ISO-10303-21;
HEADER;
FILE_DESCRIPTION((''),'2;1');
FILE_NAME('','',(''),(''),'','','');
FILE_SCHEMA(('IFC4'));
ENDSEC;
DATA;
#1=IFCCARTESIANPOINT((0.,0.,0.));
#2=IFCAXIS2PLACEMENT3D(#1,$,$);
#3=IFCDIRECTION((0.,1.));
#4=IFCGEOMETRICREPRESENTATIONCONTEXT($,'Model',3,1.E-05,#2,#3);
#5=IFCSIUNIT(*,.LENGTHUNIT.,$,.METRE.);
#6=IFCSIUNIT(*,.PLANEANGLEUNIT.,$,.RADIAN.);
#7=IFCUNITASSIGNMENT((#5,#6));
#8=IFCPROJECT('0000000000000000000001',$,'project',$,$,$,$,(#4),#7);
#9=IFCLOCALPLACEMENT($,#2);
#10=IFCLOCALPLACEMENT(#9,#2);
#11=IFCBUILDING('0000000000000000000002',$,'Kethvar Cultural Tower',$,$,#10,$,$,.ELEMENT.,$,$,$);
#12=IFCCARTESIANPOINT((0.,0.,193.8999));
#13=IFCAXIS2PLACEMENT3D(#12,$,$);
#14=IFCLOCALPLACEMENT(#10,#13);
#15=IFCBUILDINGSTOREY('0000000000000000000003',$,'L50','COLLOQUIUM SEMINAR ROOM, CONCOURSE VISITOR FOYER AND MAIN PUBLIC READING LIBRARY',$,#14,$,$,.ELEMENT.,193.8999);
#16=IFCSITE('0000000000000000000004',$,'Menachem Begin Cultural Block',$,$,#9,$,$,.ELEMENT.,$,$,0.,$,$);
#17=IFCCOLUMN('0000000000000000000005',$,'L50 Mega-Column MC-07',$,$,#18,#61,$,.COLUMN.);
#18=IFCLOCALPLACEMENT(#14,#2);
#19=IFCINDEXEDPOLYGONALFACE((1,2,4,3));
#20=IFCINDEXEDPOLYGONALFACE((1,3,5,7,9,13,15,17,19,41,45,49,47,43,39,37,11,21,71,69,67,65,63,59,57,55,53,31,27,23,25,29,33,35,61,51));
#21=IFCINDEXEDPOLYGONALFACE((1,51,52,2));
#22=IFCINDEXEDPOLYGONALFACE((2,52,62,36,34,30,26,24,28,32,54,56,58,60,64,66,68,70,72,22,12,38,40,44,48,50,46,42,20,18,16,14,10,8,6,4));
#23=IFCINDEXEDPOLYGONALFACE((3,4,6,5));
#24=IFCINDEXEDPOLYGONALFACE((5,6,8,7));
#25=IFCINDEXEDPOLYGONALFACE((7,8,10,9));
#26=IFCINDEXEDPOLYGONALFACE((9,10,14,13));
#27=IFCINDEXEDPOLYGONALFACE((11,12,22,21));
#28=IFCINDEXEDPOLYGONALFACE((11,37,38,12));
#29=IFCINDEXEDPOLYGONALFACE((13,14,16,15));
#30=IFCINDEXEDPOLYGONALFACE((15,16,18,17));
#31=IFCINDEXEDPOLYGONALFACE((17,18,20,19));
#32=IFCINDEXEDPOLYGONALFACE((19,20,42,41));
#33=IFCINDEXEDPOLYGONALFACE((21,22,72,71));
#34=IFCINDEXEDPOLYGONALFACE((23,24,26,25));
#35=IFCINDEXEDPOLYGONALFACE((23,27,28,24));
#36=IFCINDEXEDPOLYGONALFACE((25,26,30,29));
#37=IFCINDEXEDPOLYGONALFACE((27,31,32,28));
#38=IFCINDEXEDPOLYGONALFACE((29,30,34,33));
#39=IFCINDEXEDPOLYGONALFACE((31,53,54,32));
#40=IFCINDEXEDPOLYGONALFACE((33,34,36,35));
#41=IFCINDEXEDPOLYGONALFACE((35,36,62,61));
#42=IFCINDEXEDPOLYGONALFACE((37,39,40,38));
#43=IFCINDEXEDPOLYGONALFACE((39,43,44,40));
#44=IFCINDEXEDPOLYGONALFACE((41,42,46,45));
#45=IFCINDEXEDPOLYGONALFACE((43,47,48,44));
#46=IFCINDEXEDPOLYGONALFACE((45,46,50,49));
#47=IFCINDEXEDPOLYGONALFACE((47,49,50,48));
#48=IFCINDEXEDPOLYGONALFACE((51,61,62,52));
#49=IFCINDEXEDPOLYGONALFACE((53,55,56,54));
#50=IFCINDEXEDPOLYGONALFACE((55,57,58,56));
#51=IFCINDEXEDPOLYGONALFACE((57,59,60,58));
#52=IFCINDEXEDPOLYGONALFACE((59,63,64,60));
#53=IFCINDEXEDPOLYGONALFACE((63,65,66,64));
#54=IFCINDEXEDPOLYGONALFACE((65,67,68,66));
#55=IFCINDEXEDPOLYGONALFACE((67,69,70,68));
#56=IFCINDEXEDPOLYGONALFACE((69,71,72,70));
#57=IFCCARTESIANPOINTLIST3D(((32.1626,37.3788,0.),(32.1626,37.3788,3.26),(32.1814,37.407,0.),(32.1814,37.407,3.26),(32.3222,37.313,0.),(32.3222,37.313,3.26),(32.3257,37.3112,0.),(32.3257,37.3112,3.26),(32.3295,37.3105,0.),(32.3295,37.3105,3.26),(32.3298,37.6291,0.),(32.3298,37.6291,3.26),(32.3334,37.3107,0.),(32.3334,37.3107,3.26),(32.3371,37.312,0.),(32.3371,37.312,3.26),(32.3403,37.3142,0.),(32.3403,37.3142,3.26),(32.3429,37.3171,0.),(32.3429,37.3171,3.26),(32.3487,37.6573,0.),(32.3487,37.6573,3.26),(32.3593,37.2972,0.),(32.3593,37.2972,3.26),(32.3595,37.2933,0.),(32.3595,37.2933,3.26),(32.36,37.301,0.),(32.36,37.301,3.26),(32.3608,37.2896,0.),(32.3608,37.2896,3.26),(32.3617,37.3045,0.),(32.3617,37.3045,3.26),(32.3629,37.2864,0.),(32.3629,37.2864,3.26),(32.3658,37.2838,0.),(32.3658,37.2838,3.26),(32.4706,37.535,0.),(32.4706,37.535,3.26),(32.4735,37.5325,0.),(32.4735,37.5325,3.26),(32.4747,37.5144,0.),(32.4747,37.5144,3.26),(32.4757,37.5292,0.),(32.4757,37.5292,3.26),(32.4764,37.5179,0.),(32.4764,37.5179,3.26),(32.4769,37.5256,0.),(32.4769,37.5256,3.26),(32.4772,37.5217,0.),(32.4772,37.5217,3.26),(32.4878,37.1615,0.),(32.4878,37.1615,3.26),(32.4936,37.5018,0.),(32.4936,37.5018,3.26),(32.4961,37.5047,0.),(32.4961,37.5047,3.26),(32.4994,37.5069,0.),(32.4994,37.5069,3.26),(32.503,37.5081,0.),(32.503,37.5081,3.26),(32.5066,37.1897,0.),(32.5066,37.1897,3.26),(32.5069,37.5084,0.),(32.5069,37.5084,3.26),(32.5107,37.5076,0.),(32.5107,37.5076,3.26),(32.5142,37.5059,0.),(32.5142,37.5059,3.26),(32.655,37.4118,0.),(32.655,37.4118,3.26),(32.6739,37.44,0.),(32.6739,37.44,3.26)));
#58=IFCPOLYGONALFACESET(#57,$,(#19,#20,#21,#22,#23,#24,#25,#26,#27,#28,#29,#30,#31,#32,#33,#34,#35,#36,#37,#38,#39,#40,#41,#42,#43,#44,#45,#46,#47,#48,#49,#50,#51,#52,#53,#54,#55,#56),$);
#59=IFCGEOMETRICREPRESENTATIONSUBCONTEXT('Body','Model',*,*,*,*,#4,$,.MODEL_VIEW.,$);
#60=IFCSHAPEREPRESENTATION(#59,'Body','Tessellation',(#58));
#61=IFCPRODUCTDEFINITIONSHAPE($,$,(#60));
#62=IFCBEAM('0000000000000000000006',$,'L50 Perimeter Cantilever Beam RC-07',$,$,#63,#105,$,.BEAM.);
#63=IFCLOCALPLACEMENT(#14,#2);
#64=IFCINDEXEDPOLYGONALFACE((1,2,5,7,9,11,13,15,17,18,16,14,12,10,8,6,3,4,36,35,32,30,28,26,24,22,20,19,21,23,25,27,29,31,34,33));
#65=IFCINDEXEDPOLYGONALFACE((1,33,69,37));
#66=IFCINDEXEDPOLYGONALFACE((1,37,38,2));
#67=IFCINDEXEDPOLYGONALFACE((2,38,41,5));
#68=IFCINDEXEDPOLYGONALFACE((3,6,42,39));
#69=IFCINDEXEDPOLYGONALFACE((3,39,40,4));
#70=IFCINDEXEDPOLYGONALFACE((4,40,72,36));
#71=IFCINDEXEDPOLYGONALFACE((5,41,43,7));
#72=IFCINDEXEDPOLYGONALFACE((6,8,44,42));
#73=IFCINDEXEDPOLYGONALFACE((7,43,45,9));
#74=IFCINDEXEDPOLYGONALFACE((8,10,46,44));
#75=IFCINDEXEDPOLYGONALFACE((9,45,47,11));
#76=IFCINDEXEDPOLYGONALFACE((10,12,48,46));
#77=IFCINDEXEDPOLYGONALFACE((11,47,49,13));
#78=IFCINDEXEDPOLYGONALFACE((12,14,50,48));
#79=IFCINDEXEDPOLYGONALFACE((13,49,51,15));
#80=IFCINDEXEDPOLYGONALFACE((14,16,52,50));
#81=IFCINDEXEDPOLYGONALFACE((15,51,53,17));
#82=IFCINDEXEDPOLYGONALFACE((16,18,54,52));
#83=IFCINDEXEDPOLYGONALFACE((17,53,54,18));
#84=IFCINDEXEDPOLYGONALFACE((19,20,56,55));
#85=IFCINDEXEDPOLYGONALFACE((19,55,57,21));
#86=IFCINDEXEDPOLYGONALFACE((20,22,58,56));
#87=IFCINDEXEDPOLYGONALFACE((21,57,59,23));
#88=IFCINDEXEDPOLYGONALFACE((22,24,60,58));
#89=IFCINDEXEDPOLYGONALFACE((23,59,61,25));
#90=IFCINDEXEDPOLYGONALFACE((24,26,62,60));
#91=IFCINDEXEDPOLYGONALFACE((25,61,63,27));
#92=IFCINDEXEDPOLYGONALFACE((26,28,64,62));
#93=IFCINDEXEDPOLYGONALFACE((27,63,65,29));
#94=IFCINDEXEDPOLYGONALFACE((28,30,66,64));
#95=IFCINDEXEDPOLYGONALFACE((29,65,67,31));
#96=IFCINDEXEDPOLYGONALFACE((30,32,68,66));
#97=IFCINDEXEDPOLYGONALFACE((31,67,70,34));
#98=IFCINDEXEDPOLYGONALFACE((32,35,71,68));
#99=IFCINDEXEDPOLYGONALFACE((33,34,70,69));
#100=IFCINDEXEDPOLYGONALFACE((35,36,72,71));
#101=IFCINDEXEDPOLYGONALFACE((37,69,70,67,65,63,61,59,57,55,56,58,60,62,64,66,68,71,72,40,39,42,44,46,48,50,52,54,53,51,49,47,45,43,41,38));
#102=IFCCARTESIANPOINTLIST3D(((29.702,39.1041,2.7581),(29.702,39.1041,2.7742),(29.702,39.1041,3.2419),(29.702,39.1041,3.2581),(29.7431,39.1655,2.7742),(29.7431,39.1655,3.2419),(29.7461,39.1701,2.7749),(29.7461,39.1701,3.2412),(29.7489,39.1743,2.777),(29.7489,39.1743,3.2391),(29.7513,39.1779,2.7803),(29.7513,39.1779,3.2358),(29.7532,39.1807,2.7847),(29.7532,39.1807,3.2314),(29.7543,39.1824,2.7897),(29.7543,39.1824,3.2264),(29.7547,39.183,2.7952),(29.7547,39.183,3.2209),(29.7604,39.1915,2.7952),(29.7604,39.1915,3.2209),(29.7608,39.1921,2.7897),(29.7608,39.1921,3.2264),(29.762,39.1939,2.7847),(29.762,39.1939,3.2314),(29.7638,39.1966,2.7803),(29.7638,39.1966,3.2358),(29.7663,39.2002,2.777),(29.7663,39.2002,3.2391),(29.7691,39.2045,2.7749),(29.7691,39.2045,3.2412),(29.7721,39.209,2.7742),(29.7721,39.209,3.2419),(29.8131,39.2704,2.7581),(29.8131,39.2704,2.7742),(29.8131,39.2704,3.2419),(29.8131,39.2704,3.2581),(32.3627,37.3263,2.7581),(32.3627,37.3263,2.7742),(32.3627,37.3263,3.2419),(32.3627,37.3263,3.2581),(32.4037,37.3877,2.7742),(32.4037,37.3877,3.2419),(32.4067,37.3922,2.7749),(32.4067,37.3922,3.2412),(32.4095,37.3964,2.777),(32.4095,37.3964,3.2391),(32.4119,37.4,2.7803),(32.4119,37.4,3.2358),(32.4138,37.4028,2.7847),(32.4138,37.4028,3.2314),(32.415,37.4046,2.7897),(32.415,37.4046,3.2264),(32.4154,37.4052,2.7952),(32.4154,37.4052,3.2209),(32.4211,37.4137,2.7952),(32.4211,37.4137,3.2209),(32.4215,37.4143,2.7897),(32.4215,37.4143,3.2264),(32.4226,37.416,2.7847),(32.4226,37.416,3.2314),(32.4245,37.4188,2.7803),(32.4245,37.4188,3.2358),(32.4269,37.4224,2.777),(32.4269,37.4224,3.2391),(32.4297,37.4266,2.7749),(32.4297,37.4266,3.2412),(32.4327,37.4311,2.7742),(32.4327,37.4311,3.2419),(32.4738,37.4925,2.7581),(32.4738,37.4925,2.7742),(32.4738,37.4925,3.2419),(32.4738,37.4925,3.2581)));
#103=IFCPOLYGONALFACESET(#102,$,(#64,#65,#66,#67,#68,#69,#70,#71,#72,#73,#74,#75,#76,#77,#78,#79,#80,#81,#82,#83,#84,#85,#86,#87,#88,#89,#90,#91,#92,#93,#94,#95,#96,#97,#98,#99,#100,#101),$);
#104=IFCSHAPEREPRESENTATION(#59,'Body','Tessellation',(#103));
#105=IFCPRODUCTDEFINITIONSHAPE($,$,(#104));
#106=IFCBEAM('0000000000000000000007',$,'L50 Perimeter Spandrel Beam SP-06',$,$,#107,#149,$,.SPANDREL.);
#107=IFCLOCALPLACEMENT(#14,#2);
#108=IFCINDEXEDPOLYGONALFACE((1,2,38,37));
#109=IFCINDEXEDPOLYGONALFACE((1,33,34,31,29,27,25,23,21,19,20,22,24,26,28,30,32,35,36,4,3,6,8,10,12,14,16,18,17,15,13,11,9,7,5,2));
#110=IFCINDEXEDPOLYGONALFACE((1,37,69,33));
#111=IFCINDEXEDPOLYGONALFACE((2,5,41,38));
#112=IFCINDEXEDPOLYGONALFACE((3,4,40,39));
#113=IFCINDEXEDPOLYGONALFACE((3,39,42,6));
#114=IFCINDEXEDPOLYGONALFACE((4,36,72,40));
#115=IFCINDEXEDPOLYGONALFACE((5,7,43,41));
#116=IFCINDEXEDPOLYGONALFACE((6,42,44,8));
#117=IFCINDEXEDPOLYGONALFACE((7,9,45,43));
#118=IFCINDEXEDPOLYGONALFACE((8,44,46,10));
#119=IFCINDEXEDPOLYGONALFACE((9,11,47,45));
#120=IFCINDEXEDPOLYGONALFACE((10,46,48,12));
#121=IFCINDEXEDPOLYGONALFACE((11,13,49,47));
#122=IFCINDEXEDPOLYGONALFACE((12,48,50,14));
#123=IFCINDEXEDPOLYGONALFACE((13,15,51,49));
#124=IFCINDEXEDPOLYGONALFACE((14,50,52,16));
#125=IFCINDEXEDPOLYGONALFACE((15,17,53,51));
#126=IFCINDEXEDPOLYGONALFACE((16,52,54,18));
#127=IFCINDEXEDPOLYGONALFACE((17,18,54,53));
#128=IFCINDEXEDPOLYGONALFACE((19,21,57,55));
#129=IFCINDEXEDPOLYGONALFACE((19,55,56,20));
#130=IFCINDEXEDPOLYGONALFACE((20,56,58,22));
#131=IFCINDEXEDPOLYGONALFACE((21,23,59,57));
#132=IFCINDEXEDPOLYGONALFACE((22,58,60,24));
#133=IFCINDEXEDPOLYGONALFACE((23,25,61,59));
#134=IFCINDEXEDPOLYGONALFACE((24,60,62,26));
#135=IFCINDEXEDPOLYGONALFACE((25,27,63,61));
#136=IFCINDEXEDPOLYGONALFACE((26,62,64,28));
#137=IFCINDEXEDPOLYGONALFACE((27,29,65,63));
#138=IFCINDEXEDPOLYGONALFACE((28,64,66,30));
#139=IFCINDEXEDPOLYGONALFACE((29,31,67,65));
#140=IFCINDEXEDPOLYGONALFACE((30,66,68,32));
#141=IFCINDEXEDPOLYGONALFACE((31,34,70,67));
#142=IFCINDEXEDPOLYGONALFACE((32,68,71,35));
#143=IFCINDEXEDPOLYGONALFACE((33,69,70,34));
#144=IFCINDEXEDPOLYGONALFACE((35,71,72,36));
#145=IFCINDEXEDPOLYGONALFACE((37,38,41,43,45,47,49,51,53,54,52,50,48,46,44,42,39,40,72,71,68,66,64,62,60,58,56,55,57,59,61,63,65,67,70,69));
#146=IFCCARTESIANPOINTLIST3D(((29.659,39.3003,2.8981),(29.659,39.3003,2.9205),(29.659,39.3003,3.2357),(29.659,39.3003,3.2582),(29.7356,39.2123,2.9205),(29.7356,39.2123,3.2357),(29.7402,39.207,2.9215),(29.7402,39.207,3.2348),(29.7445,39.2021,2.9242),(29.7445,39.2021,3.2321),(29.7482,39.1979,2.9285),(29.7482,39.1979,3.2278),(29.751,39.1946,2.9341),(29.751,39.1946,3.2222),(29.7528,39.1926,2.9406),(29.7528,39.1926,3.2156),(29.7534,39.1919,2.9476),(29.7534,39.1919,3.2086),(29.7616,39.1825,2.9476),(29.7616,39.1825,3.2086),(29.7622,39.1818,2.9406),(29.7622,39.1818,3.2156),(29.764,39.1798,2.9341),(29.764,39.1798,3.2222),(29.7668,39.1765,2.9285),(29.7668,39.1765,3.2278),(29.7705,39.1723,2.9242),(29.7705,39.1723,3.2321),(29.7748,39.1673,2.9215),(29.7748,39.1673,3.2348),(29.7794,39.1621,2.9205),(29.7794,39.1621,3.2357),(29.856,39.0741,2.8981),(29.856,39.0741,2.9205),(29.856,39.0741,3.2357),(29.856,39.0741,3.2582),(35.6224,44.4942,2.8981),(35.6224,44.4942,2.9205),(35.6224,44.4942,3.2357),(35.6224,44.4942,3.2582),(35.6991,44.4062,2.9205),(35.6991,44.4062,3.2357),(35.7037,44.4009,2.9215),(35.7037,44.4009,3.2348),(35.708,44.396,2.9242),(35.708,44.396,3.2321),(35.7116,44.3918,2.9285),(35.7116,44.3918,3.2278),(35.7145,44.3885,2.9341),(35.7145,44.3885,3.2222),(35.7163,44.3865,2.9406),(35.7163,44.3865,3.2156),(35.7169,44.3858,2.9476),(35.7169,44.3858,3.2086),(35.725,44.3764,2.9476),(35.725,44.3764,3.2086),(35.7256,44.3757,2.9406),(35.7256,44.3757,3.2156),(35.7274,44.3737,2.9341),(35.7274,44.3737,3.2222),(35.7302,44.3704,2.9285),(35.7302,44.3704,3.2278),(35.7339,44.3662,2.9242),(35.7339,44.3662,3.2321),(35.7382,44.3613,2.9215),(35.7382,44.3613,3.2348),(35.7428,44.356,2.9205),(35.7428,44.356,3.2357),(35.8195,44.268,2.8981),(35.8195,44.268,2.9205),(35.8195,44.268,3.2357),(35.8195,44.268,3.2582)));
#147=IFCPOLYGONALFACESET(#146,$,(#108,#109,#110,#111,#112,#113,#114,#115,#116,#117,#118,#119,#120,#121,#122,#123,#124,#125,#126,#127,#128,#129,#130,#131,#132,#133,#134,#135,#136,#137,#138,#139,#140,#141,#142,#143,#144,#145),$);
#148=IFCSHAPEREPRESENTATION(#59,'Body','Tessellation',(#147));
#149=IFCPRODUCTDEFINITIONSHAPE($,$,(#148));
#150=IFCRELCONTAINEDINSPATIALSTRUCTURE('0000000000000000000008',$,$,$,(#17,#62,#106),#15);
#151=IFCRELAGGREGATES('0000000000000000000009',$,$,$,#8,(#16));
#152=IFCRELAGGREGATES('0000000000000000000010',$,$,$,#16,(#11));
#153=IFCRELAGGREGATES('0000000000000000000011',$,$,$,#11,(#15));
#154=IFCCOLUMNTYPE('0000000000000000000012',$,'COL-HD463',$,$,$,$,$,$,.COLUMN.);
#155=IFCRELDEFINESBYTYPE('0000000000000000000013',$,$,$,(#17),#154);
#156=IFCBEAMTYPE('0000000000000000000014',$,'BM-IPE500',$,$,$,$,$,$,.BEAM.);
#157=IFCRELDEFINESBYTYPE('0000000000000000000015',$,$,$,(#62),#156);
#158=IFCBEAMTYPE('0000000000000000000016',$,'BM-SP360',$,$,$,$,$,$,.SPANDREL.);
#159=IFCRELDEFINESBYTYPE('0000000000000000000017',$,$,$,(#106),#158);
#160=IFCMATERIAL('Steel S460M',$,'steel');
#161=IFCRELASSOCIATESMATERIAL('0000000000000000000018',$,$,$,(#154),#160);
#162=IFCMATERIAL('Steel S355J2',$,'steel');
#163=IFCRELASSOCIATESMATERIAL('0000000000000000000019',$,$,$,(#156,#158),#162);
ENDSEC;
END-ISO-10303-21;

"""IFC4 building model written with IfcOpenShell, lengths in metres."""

from ifc_helpers import new_model, si_unit, direction, frame, origin, origin_2d, place, context, subcontext, project, spatial, i_section, extrude, source, transform, mapped, material, material_profile, profile_set, type_object, element, save


model = new_model("IFC4")

# Units and contexts
model_context = context("Model", 3, precision=1e-05, world=origin(), true_north=direction((0.0, 1.0)))
body_context = subcontext(model_context, "Body", "Model", "MODEL_VIEW")
ifc_project = project(units=[si_unit("LENGTHUNIT", "METRE"), si_unit("PLANEANGLEUNIT", "RADIAN")], contexts=[model_context])

# Site, building, storey
site_placement = place(None, origin())
site = spatial("IfcSite", under=ifc_project, at=site_placement, Name="Menachem Begin Cultural Block", CompositionType="ELEMENT", RefElevation=0.0)
building_placement = place(site_placement, origin())
building = spatial("IfcBuilding", under=site, at=building_placement, Name="Kethvar Cultural Tower", CompositionType="ELEMENT")
storey_placement = place(building_placement, frame((0.0, 0.0, 193.8999)))
storey = spatial("IfcBuildingStorey", under=building, at=storey_placement, Name="L50", Description="COLLOQUIUM SEMINAR ROOM, CONCOURSE VISITOR FOYER AND MAIN PUBLIC READING LIBRARY", CompositionType="ELEMENT", Elevation=193.8999)

# Column
ifc_material_1 = material(Name="Steel S460M", Category="steel")
ifc_material_profile_1 = material_profile(ifc_material_1, i_section(OverallWidth=0.3911, OverallDepth=0.335, WebThickness=0.0227, FlangeThickness=0.0339, FilletRadius=0.0149, at=origin_2d()), Name="Steel S460M — HD400x463")
ifc_profile_set_1 = profile_set([ifc_material_profile_1], Name="Steel S460M — HD400x463")
column_type = type_object("IfcColumnType", Name="COL-HD463", PredefinedType="COLUMN", material=ifc_profile_set_1)
shared_shape_1 = source(origin(), body_context, "Body", "SweptSolid", [
    extrude(i_section(OverallWidth=0.3911, OverallDepth=0.335, WebThickness=0.0227, FlangeThickness=0.0339, FilletRadius=0.0149, at=origin_2d()), origin(), (0.0, 0.0, 1.0), 3.26),
])
column_placement = place(storey_placement, frame((32.4182, 37.4094, 0.0), z_axis=(0.0, 0.0, 1.0), x_axis=(-0.83147, 0.55557, 0.0)))
element("IfcColumn", 1, at=column_placement, inside=storey, type_object=column_type, Name="L50 Mega-Column MC-07", PredefinedType="COLUMN", context=body_context, shape_type="MappedRepresentation", body=[
    mapped(shared_shape_1, transform((0.0, 0.0, 0.0), scale=1.0)),
])

# Beams
ifc_material_2 = material(Name="Steel S355J2", Category="steel")
ifc_material_profile_2 = material_profile(ifc_material_2, i_section(OverallWidth=0.2, OverallDepth=0.5, WebThickness=0.0103, FlangeThickness=0.0161, FilletRadius=0.021, at=origin_2d()), Name="Steel S355J2 — IPE500")
ifc_profile_set_2 = profile_set([ifc_material_profile_2], Name="Steel S355J2 — IPE500")
beam_type_1 = type_object("IfcBeamType", Name="BM-IPE500", PredefinedType="BEAM", material=ifc_profile_set_2)
shared_shape_2 = source(origin(), body_context, "Body", "SweptSolid", [
    extrude(i_section(OverallWidth=0.2, OverallDepth=0.5, WebThickness=0.0103, FlangeThickness=0.0161, FilletRadius=0.021, at=origin_2d()), origin(), (0.0, 0.0, 1.0), 3.2),
])
beam_1_placement = place(storey_placement, frame((32.4182, 37.4094, 3.0081), z_axis=(-0.831463, 0.55558, 0.0), x_axis=(-0.55558, -0.831463, 0.0)))
element("IfcBeam", 2, at=beam_1_placement, inside=storey, type_object=beam_type_1, Name="L50 Perimeter Cantilever Beam RC-07", PredefinedType="BEAM", context=body_context, shape_type="MappedRepresentation", body=[
    mapped(shared_shape_2, transform((0.0, 0.0, 0.0), scale=1.0)),
])
ifc_material_profile_3 = material_profile(ifc_material_2, i_section(OverallWidth=0.3, OverallDepth=0.3601, WebThickness=0.0125, FlangeThickness=0.0225, FilletRadius=0.0271, at=origin_2d()), Name="Steel S355J2 — HEB360")
ifc_profile_set_3 = profile_set([ifc_material_profile_3], Name="Steel S355J2 — HEB360")
beam_type_2 = type_object("IfcBeamType", Name="BM-SP360", PredefinedType="SPANDREL", material=ifc_profile_set_3)
shared_shape_3 = source(origin(), body_context, "Body", "SweptSolid", [
    extrude(i_section(OverallWidth=0.3, OverallDepth=0.3601, WebThickness=0.0125, FlangeThickness=0.0225, FilletRadius=0.0271, at=origin_2d()), origin(), (0.0, 0.0, 1.0), 7.9082),
])
beam_2_placement = place(storey_placement, frame((35.7209, 44.3811, 3.0781), z_axis=(-0.754086, -0.656776, 0.0), x_axis=(0.656776, -0.754086, 0.0)))
element("IfcBeam", 3, at=beam_2_placement, inside=storey, type_object=beam_type_2, Name="L50 Perimeter Spandrel Beam SP-06", PredefinedType="SPANDREL", context=body_context, shape_type="MappedRepresentation", body=[
    mapped(shared_shape_3, transform((0.0, 0.0, 0.0), scale=1.0)),
])

save(model, "model.ifc")
